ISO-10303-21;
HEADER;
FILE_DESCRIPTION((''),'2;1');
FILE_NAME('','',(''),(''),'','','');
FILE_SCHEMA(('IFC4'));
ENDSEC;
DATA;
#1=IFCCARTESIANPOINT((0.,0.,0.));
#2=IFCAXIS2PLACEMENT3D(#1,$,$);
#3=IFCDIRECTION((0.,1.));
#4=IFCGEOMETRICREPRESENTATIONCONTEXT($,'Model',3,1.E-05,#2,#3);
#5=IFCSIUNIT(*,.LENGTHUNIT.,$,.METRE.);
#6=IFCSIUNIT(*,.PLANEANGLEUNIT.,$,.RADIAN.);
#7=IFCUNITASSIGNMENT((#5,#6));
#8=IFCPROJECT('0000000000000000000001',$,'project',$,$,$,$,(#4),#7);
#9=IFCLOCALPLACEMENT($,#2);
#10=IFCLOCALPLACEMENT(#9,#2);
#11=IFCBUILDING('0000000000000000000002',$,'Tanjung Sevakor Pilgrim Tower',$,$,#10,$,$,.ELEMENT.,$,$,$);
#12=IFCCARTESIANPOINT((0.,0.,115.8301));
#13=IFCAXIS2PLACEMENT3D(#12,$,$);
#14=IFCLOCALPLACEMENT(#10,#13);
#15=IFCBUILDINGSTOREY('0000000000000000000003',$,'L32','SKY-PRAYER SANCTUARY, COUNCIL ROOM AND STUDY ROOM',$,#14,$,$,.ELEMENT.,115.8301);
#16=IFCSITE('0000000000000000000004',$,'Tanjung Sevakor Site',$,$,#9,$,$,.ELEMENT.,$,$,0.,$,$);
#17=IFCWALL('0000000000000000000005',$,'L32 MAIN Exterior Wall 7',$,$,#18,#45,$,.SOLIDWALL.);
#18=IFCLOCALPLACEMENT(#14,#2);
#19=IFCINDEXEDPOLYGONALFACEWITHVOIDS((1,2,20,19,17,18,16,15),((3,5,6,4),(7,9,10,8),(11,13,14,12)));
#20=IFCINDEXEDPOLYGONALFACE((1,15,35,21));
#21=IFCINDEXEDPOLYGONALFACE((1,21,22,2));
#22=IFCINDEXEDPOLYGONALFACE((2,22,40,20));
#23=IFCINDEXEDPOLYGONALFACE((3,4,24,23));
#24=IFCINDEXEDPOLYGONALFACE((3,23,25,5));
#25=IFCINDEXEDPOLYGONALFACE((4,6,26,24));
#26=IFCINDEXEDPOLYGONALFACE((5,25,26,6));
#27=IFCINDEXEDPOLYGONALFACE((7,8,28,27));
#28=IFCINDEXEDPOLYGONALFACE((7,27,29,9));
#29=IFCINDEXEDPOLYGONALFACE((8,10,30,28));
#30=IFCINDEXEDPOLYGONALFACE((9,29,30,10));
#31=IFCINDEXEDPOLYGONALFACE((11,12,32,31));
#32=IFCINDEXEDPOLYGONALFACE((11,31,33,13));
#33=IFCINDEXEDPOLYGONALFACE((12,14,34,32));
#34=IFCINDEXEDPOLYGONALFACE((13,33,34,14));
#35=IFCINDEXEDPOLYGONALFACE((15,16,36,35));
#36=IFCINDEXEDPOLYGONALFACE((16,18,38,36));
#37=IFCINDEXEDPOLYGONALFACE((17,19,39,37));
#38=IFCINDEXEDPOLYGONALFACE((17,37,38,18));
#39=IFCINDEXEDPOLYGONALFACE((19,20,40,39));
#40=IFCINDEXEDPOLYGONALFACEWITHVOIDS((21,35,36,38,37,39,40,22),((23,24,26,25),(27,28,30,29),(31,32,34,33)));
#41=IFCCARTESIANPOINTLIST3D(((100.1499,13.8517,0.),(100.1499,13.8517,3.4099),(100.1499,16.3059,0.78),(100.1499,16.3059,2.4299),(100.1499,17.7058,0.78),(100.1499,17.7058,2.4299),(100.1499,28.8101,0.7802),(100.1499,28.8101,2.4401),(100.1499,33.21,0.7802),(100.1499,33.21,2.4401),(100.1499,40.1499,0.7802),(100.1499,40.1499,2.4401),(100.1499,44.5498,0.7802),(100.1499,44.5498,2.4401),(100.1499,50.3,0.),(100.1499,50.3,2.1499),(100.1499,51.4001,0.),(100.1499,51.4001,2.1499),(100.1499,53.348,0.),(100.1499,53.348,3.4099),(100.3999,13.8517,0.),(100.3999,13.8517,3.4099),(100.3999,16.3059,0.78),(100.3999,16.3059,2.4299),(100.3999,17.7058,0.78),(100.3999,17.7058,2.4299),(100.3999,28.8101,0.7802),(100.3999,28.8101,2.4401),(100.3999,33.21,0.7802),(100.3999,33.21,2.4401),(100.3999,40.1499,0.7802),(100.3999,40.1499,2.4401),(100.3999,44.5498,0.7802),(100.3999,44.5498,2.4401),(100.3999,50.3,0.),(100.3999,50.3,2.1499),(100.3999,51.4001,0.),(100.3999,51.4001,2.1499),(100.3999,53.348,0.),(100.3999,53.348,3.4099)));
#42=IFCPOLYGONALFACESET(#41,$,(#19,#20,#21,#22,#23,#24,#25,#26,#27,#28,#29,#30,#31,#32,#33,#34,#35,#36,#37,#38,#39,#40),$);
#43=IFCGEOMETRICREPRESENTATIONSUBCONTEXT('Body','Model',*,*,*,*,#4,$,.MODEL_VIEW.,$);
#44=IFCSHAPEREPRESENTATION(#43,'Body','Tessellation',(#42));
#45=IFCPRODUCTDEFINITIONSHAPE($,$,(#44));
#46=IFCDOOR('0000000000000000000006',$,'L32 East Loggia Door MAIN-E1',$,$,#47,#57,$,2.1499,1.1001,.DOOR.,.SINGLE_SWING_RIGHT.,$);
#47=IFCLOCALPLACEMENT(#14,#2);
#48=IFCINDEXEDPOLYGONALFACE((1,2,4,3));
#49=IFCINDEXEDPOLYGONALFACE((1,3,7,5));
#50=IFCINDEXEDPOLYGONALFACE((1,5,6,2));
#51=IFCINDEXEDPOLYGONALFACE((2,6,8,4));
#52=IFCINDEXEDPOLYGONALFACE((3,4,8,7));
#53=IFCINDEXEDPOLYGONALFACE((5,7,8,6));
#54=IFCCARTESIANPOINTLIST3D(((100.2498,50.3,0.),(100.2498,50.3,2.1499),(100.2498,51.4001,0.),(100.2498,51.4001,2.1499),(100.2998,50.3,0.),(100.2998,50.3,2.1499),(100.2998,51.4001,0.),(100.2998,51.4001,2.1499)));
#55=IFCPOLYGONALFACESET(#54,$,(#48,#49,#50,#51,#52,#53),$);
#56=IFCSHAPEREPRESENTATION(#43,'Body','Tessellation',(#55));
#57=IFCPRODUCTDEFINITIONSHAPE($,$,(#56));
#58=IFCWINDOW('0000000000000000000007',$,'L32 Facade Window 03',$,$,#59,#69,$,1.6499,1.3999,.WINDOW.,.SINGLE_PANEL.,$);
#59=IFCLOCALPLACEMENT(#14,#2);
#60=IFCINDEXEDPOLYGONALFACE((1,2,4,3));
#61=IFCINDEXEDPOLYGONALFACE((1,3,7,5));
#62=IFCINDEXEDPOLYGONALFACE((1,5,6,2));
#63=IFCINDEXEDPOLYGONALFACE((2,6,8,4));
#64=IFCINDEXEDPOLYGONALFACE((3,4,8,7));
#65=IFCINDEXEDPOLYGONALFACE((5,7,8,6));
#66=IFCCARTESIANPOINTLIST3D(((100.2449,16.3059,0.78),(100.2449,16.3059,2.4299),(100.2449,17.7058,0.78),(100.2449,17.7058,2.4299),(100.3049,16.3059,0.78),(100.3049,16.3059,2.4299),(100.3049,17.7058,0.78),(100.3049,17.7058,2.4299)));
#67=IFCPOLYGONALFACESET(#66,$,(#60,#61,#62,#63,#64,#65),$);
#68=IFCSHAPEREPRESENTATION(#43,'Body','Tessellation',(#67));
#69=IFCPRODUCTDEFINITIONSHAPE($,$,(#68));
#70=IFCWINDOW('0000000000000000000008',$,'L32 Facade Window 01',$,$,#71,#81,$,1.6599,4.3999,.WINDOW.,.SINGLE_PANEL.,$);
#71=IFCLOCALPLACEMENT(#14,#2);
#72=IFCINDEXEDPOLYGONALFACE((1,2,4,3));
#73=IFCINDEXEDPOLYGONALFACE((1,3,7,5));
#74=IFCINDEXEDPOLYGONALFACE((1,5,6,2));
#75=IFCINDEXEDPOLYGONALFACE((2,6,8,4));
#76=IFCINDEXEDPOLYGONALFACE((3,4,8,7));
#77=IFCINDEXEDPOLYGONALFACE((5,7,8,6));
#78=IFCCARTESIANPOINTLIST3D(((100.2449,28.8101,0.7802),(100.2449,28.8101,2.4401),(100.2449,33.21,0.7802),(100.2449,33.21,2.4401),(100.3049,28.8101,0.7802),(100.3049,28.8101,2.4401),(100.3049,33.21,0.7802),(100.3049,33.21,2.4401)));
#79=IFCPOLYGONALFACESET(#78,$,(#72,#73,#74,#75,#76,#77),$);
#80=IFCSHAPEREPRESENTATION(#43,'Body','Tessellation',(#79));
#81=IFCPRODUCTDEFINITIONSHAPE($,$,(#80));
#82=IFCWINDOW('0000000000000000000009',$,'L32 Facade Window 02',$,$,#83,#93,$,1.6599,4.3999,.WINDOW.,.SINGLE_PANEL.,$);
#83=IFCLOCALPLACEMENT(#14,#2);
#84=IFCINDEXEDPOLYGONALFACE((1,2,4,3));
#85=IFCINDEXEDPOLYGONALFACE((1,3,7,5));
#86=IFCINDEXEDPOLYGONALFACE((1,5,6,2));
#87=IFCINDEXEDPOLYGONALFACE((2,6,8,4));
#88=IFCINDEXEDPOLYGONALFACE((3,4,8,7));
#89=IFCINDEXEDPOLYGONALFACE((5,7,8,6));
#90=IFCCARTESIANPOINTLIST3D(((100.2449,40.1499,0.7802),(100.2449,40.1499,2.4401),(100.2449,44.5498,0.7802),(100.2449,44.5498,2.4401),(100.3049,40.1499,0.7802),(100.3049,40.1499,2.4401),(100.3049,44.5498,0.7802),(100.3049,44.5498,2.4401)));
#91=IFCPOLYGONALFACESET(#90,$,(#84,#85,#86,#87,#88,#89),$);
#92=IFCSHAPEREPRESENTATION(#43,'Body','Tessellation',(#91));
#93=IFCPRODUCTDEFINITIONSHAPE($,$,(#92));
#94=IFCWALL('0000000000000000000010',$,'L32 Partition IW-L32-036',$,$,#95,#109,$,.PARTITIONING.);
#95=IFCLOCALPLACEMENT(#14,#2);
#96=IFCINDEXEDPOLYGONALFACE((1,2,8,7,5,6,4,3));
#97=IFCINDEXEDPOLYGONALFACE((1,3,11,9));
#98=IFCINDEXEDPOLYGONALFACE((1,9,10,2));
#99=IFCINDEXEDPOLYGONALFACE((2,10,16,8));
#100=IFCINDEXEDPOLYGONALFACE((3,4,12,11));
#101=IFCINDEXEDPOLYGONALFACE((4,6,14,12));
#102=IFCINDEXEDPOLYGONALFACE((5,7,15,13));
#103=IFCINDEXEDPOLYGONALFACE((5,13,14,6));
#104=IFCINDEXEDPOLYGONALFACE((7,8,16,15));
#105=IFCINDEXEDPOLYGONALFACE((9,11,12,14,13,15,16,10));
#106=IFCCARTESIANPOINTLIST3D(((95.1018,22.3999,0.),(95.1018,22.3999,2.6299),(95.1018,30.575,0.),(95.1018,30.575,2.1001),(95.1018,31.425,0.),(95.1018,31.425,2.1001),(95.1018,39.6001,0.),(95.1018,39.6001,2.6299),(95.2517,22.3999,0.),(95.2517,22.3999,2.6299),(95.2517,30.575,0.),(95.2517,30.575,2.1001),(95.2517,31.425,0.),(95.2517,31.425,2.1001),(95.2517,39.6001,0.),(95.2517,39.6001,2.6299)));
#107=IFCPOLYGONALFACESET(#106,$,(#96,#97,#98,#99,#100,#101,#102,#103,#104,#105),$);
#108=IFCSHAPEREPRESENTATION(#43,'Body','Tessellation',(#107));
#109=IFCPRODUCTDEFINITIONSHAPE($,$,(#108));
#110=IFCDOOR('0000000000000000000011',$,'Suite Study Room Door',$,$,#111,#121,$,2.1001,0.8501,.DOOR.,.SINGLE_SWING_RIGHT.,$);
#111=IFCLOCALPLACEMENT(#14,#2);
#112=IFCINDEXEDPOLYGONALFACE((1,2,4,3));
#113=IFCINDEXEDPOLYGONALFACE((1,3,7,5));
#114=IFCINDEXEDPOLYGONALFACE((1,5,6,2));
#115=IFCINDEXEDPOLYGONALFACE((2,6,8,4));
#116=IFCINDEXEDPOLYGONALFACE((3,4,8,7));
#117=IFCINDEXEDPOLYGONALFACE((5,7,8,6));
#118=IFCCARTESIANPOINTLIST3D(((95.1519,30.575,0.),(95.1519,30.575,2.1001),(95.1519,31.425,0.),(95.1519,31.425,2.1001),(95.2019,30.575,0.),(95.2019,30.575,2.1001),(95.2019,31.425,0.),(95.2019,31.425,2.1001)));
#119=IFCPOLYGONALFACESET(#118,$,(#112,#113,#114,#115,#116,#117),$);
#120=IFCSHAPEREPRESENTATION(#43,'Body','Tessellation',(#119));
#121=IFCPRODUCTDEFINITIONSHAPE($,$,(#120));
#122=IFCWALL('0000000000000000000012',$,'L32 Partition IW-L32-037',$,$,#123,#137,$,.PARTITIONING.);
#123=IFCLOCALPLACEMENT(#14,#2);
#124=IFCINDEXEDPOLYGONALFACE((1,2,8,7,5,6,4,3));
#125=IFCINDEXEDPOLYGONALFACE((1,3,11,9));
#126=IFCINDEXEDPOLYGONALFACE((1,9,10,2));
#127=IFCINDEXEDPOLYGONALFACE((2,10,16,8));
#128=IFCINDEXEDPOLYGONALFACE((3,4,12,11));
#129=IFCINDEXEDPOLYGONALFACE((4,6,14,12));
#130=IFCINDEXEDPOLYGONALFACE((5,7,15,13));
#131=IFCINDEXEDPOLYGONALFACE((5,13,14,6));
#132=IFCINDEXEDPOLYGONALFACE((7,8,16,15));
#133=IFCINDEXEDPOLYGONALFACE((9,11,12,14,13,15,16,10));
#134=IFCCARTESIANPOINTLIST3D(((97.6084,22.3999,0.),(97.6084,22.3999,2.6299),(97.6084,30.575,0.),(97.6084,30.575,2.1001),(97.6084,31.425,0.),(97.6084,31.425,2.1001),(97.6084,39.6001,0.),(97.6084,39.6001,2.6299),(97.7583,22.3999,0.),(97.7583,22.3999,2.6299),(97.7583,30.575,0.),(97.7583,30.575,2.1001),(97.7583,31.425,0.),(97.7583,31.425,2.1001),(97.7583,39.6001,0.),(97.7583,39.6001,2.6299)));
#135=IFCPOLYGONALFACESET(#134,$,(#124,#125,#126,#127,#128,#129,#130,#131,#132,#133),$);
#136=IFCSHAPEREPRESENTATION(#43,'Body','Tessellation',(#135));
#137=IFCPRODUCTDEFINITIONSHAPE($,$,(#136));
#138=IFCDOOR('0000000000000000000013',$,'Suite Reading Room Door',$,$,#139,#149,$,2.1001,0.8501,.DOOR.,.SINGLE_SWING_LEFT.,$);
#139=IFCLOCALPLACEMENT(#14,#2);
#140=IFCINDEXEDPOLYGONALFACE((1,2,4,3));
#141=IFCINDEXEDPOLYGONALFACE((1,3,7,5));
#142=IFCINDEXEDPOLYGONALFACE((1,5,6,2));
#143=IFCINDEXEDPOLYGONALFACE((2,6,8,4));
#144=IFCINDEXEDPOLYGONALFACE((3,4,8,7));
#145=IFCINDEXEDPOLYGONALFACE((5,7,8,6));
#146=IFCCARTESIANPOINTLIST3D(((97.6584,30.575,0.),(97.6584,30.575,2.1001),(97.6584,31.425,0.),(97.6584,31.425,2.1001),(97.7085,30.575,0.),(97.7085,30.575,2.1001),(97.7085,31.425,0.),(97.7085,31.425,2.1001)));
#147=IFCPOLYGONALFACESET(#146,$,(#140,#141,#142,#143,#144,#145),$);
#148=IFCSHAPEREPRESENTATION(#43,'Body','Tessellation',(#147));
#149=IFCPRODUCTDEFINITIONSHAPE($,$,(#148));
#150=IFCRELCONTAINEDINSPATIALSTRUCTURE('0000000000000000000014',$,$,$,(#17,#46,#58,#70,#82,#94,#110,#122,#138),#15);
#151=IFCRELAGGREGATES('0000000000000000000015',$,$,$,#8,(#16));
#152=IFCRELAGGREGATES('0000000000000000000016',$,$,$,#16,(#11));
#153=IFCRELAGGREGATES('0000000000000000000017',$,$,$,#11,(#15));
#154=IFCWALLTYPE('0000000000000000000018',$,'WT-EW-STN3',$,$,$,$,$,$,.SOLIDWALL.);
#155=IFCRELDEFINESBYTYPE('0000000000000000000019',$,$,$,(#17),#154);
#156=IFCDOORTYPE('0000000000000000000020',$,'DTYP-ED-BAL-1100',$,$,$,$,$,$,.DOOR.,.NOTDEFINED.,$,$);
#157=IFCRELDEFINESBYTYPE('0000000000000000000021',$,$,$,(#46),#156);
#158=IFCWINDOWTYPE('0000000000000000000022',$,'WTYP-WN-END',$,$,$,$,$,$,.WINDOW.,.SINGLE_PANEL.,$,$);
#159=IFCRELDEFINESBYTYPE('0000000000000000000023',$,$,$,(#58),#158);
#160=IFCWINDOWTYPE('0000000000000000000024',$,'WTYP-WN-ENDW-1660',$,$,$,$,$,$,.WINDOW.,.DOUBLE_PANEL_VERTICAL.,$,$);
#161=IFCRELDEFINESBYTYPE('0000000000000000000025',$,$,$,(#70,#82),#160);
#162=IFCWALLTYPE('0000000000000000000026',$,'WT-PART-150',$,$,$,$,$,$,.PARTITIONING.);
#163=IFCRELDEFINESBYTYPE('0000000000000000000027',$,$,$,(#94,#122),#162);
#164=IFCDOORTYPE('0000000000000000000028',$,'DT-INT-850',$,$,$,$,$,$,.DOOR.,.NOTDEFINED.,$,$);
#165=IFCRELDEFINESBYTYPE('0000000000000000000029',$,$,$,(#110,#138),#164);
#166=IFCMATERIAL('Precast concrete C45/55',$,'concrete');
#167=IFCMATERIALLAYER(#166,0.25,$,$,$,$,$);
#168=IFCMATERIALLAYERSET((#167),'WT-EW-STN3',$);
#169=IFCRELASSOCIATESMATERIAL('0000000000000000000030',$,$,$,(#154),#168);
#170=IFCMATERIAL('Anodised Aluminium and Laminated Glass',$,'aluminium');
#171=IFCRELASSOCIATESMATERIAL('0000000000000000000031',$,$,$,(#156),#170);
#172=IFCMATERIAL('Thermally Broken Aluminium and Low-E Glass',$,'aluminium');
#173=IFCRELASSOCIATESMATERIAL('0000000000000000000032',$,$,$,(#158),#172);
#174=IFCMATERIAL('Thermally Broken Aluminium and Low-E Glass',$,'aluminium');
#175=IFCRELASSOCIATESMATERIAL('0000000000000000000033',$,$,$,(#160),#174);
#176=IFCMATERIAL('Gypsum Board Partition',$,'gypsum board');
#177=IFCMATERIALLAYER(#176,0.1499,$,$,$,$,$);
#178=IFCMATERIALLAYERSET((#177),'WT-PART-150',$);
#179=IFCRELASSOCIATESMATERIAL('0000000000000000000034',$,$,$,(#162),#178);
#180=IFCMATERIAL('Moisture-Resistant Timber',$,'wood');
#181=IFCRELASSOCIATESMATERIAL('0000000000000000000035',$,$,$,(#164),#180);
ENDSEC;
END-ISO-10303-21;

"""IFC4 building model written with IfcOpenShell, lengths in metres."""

from ifc_helpers import new_model, si_unit, direction, frame, frame_2d, origin, place, context, subcontext, project, spatial, rectangle, extrude, material, layer, layer_set, type_object, element, fill, save


model = new_model("IFC4")

# Units and contexts
model_context = context("Model", 3, precision=1e-05, world=origin(), true_north=direction((0.0, 1.0)))
body_context = subcontext(model_context, "Body", "Model", "MODEL_VIEW")
ifc_project = project(units=[si_unit("LENGTHUNIT", "METRE"), si_unit("PLANEANGLEUNIT", "RADIAN")], contexts=[model_context])

# Site, building, storey
site_placement = place(None, origin())
site = spatial("IfcSite", under=ifc_project, at=site_placement, Name="Tanjung Sevakor Site", CompositionType="ELEMENT", RefElevation=0.0)
building_placement = place(site_placement, origin())
building = spatial("IfcBuilding", under=site, at=building_placement, Name="Tanjung Sevakor Pilgrim Tower", CompositionType="ELEMENT")
storey_placement = place(building_placement, frame((0.0, 0.0, 115.8301)))
storey = spatial("IfcBuildingStorey", under=building, at=storey_placement, Name="L32", Description="SKY-PRAYER SANCTUARY, COUNCIL ROOM AND STUDY ROOM", CompositionType="ELEMENT", Elevation=115.8301)

# Shared definitions
ifc_material_1 = material(Name="Precast concrete C45/55", Category="concrete")
ifc_layer_1 = layer(ifc_material_1, 0.25)
ifc_layer_set_1 = layer_set([ifc_layer_1], Name="WT-EW-STN3")
wall_type_1 = type_object("IfcWallType", Name="WT-EW-STN3", PredefinedType="SOLIDWALL", material=ifc_layer_set_1)

# Wall, openings, door, windows
wall_1_placement = place(storey_placement, frame((100.2749, 13.8518, 0.0), z_axis=(0.0, 0.0, 1.0), x_axis=(0.0, 1.0, 0.0)))
wall_1 = element("IfcWall", 1, at=wall_1_placement, inside=storey, type_object=wall_type_1, Name="L32 MAIN Exterior Wall 7", PredefinedType="SOLIDWALL", context=body_context, shape_type="SweptSolid", body=[
    extrude(rectangle(XDim=39.4963, YDim=0.25, at=frame_2d((19.748, 0.0))), origin(), (0.0, 0.0, 1.0), 3.4099),
])
opening_1_placement = place(wall_1_placement, frame((36.4482, 0.0, 0.0)))
opening_1 = element("IfcOpeningElement", 2, at=opening_1_placement, cuts=wall_1, PredefinedType="OPENING", context=body_context, shape_type="SweptSolid", body=[
    extrude(rectangle(XDim=1.1001, YDim=2.1499, at=frame_2d((0.55, 1.075))), frame((0.0, 0.135, 0.0), z_axis=(0.0, -1.0, 0.0), x_axis=(1.0, 0.0, 0.0)), (0.0, 0.0, 1.0), 0.27),
])
opening_2_placement = place(wall_1_placement, frame((14.9583, 0.0, 0.78)))
opening_2 = element("IfcOpeningElement", 3, at=opening_2_placement, cuts=wall_1, PredefinedType="OPENING", context=body_context, shape_type="SweptSolid", body=[
    extrude(rectangle(XDim=4.3999, YDim=1.6599, at=frame_2d((2.2, 0.8301))), frame((0.0, 0.135, 0.0), z_axis=(0.0, -1.0, 0.0), x_axis=(1.0, 0.0, 0.0)), (0.0, 0.0, 1.0), 0.27),
])
opening_3_placement = place(wall_1_placement, frame((26.2981, 0.0, 0.78)))
opening_3 = element("IfcOpeningElement", 4, at=opening_3_placement, cuts=wall_1, PredefinedType="OPENING", context=body_context, shape_type="SweptSolid", body=[
    extrude(rectangle(XDim=4.3999, YDim=1.6599, at=frame_2d((2.2, 0.8301))), frame((0.0, 0.135, 0.0), z_axis=(0.0, -1.0, 0.0), x_axis=(1.0, 0.0, 0.0)), (0.0, 0.0, 1.0), 0.27),
])
opening_4_placement = place(wall_1_placement, frame((2.4541, 0.0, 0.78)))
opening_4 = element("IfcOpeningElement", 5, at=opening_4_placement, cuts=wall_1, PredefinedType="OPENING", context=body_context, shape_type="SweptSolid", body=[
    extrude(rectangle(XDim=1.3999, YDim=1.6499, at=frame_2d((0.7, 0.825))), frame((0.0, 0.135, 0.0), z_axis=(0.0, -1.0, 0.0), x_axis=(1.0, 0.0, 0.0)), (0.0, 0.0, 1.0), 0.27),
])
ifc_material_2 = material(Name="Anodised Aluminium and Laminated Glass", Category="aluminium")
door_type_1 = type_object("IfcDoorType", Name="DTYP-ED-BAL-1100", OperationType="NOTDEFINED", PredefinedType="DOOR", material=ifc_material_2)
door_1_placement = place(opening_1_placement, frame((1.1001, 0.0, 0.0), z_axis=(0.0, 0.0, 1.0), x_axis=(-1.0, 0.0, 0.0)))
door_1 = element("IfcDoor", 6, at=door_1_placement, inside=storey, type_object=door_type_1, Name="L32 East Loggia Door MAIN-E1", OperationType="SINGLE_SWING_RIGHT", OverallHeight=2.1499, OverallWidth=1.1001, PredefinedType="DOOR", context=body_context, shape_type="SweptSolid", body=[
    extrude(rectangle(XDim=1.1001, YDim=2.1499, at=frame_2d((0.55, 1.075))), frame((0.0, 0.0249, 0.0), z_axis=(0.0, -1.0, 0.0), x_axis=(1.0, 0.0, 0.0)), (0.0, 0.0, 1.0), 0.05),
])
fill(opening_1, door_1)
ifc_material_3 = material(Name="Thermally Broken Aluminium and Low-E Glass", Category="aluminium")
window_type_1 = type_object("IfcWindowType", Name="WTYP-WN-END", PartitioningType="SINGLE_PANEL", PredefinedType="WINDOW", material=ifc_material_3)
window_1_placement = place(opening_4_placement, origin())
window_1 = element("IfcWindow", 7, at=window_1_placement, inside=storey, type_object=window_type_1, Name="L32 Facade Window 03", OverallHeight=1.6499, OverallWidth=1.3999, PartitioningType="SINGLE_PANEL", PredefinedType="WINDOW", context=body_context, shape_type="SweptSolid", body=[
    extrude(rectangle(XDim=1.3999, YDim=1.6499, at=frame_2d((0.7, 0.825))), frame((0.0, 0.03, 0.0), z_axis=(0.0, -1.0, 0.0), x_axis=(1.0, 0.0, 0.0)), (0.0, 0.0, 1.0), 0.0601),
])
fill(opening_4, window_1)
ifc_material_4 = material(Name="Thermally Broken Aluminium and Low-E Glass", Category="aluminium")
window_type_2 = type_object("IfcWindowType", Name="WTYP-WN-ENDW-1660", PartitioningType="DOUBLE_PANEL_VERTICAL", PredefinedType="WINDOW", material=ifc_material_4)
window_2_placement = place(opening_2_placement, origin())
window_2 = element("IfcWindow", 8, at=window_2_placement, inside=storey, type_object=window_type_2, Name="L32 Facade Window 01", OverallHeight=1.6599, OverallWidth=4.3999, PartitioningType="SINGLE_PANEL", PredefinedType="WINDOW", context=body_context, shape_type="SweptSolid", body=[
    extrude(rectangle(XDim=4.3999, YDim=1.6599, at=frame_2d((2.2, 0.8301))), frame((0.0, 0.03, 0.0), z_axis=(0.0, -1.0, 0.0), x_axis=(1.0, 0.0, 0.0)), (0.0, 0.0, 1.0), 0.0601),
])
fill(opening_2, window_2)
window_3_placement = place(opening_3_placement, origin())
window_3 = element("IfcWindow", 9, at=window_3_placement, inside=storey, type_object=window_type_2, Name="L32 Facade Window 02", OverallHeight=1.6599, OverallWidth=4.3999, PartitioningType="SINGLE_PANEL", PredefinedType="WINDOW", context=body_context, shape_type="SweptSolid", body=[
    extrude(rectangle(XDim=4.3999, YDim=1.6599, at=frame_2d((2.2, 0.8301))), frame((0.0, 0.03, 0.0), z_axis=(0.0, -1.0, 0.0), x_axis=(1.0, 0.0, 0.0)), (0.0, 0.0, 1.0), 0.0601),
])
fill(opening_3, window_3)

# Walls, openings, doors
ifc_material_5 = material(Name="Gypsum Board Partition", Category="gypsum board")
ifc_layer_2 = layer(ifc_material_5, 0.1499)
ifc_layer_set_2 = layer_set([ifc_layer_2], Name="WT-PART-150")
wall_type_2 = type_object("IfcWallType", Name="WT-PART-150", PredefinedType="PARTITIONING", material=ifc_layer_set_2)
wall_2_placement = place(storey_placement, frame((95.1768, 22.3999, 0.0), z_axis=(0.0, 0.0, 1.0), x_axis=(0.0, 1.0, 0.0)))
wall_2 = element("IfcWall", 10, at=wall_2_placement, inside=storey, type_object=wall_type_2, Name="L32 Partition IW-L32-036", PredefinedType="PARTITIONING", context=body_context, shape_type="SweptSolid", body=[
    extrude(rectangle(XDim=17.2002, YDim=0.1499, at=frame_2d((8.6001, 0.0))), origin(), (0.0, 0.0, 1.0), 2.6299),
])
opening_5_placement = place(wall_2_placement, frame((8.175, 0.0, 0.0)))
opening_5 = element("IfcOpeningElement", 11, at=opening_5_placement, cuts=wall_2, PredefinedType="OPENING", context=body_context, shape_type="SweptSolid", body=[
    extrude(rectangle(XDim=0.8501, YDim=2.1001, at=frame_2d((0.425, 1.05))), frame((0.0, 0.085, 0.0), z_axis=(0.0, -1.0, 0.0), x_axis=(1.0, 0.0, 0.0)), (0.0, 0.0, 1.0), 0.1699),
])
ifc_material_6 = material(Name="Moisture-Resistant Timber", Category="wood")
door_type_2 = type_object("IfcDoorType", Name="DT-INT-850", OperationType="NOTDEFINED", PredefinedType="DOOR", material=ifc_material_6)
door_2_placement = place(opening_5_placement, origin())
door_2 = element("IfcDoor", 12, at=door_2_placement, inside=storey, type_object=door_type_2, Name="Suite Study Room Door", OperationType="SINGLE_SWING_RIGHT", OverallHeight=2.1001, OverallWidth=0.8501, PredefinedType="DOOR", context=body_context, shape_type="SweptSolid", body=[
    extrude(rectangle(XDim=0.8501, YDim=2.1001, at=frame_2d((0.425, 1.05))), frame((0.0, 0.0249, 0.0), z_axis=(0.0, -1.0, 0.0), x_axis=(1.0, 0.0, 0.0)), (0.0, 0.0, 1.0), 0.05),
])
fill(opening_5, door_2)
wall_3_placement = place(storey_placement, frame((97.6833, 22.3999, 0.0), z_axis=(0.0, 0.0, 1.0), x_axis=(0.0, 1.0, 0.0)))
wall_3 = element("IfcWall", 13, at=wall_3_placement, inside=storey, type_object=wall_type_2, Name="L32 Partition IW-L32-037", PredefinedType="PARTITIONING", context=body_context, shape_type="SweptSolid", body=[
    extrude(rectangle(XDim=17.2002, YDim=0.1499, at=frame_2d((8.6001, 0.0))), origin(), (0.0, 0.0, 1.0), 2.6299),
])
opening_6_placement = place(wall_3_placement, frame((8.175, 0.0, 0.0)))
opening_6 = element("IfcOpeningElement", 14, at=opening_6_placement, cuts=wall_3, PredefinedType="OPENING", context=body_context, shape_type="SweptSolid", body=[
    extrude(rectangle(XDim=0.8501, YDim=2.1001, at=frame_2d((0.425, 1.05))), frame((0.0, 0.085, 0.0), z_axis=(0.0, -1.0, 0.0), x_axis=(1.0, 0.0, 0.0)), (0.0, 0.0, 1.0), 0.1699),
])
door_3_placement = place(opening_6_placement, origin())
door_3 = element("IfcDoor", 15, at=door_3_placement, inside=storey, type_object=door_type_2, Name="Suite Reading Room Door", OperationType="SINGLE_SWING_LEFT", OverallHeight=2.1001, OverallWidth=0.8501, PredefinedType="DOOR", context=body_context, shape_type="SweptSolid", body=[
    extrude(rectangle(XDim=0.8501, YDim=2.1001, at=frame_2d((0.425, 1.05))), frame((0.0, 0.0249, 0.0), z_axis=(0.0, -1.0, 0.0), x_axis=(1.0, 0.0, 0.0)), (0.0, 0.0, 1.0), 0.05),
])
fill(opening_6, door_3)

save(model, "model.ifc")
